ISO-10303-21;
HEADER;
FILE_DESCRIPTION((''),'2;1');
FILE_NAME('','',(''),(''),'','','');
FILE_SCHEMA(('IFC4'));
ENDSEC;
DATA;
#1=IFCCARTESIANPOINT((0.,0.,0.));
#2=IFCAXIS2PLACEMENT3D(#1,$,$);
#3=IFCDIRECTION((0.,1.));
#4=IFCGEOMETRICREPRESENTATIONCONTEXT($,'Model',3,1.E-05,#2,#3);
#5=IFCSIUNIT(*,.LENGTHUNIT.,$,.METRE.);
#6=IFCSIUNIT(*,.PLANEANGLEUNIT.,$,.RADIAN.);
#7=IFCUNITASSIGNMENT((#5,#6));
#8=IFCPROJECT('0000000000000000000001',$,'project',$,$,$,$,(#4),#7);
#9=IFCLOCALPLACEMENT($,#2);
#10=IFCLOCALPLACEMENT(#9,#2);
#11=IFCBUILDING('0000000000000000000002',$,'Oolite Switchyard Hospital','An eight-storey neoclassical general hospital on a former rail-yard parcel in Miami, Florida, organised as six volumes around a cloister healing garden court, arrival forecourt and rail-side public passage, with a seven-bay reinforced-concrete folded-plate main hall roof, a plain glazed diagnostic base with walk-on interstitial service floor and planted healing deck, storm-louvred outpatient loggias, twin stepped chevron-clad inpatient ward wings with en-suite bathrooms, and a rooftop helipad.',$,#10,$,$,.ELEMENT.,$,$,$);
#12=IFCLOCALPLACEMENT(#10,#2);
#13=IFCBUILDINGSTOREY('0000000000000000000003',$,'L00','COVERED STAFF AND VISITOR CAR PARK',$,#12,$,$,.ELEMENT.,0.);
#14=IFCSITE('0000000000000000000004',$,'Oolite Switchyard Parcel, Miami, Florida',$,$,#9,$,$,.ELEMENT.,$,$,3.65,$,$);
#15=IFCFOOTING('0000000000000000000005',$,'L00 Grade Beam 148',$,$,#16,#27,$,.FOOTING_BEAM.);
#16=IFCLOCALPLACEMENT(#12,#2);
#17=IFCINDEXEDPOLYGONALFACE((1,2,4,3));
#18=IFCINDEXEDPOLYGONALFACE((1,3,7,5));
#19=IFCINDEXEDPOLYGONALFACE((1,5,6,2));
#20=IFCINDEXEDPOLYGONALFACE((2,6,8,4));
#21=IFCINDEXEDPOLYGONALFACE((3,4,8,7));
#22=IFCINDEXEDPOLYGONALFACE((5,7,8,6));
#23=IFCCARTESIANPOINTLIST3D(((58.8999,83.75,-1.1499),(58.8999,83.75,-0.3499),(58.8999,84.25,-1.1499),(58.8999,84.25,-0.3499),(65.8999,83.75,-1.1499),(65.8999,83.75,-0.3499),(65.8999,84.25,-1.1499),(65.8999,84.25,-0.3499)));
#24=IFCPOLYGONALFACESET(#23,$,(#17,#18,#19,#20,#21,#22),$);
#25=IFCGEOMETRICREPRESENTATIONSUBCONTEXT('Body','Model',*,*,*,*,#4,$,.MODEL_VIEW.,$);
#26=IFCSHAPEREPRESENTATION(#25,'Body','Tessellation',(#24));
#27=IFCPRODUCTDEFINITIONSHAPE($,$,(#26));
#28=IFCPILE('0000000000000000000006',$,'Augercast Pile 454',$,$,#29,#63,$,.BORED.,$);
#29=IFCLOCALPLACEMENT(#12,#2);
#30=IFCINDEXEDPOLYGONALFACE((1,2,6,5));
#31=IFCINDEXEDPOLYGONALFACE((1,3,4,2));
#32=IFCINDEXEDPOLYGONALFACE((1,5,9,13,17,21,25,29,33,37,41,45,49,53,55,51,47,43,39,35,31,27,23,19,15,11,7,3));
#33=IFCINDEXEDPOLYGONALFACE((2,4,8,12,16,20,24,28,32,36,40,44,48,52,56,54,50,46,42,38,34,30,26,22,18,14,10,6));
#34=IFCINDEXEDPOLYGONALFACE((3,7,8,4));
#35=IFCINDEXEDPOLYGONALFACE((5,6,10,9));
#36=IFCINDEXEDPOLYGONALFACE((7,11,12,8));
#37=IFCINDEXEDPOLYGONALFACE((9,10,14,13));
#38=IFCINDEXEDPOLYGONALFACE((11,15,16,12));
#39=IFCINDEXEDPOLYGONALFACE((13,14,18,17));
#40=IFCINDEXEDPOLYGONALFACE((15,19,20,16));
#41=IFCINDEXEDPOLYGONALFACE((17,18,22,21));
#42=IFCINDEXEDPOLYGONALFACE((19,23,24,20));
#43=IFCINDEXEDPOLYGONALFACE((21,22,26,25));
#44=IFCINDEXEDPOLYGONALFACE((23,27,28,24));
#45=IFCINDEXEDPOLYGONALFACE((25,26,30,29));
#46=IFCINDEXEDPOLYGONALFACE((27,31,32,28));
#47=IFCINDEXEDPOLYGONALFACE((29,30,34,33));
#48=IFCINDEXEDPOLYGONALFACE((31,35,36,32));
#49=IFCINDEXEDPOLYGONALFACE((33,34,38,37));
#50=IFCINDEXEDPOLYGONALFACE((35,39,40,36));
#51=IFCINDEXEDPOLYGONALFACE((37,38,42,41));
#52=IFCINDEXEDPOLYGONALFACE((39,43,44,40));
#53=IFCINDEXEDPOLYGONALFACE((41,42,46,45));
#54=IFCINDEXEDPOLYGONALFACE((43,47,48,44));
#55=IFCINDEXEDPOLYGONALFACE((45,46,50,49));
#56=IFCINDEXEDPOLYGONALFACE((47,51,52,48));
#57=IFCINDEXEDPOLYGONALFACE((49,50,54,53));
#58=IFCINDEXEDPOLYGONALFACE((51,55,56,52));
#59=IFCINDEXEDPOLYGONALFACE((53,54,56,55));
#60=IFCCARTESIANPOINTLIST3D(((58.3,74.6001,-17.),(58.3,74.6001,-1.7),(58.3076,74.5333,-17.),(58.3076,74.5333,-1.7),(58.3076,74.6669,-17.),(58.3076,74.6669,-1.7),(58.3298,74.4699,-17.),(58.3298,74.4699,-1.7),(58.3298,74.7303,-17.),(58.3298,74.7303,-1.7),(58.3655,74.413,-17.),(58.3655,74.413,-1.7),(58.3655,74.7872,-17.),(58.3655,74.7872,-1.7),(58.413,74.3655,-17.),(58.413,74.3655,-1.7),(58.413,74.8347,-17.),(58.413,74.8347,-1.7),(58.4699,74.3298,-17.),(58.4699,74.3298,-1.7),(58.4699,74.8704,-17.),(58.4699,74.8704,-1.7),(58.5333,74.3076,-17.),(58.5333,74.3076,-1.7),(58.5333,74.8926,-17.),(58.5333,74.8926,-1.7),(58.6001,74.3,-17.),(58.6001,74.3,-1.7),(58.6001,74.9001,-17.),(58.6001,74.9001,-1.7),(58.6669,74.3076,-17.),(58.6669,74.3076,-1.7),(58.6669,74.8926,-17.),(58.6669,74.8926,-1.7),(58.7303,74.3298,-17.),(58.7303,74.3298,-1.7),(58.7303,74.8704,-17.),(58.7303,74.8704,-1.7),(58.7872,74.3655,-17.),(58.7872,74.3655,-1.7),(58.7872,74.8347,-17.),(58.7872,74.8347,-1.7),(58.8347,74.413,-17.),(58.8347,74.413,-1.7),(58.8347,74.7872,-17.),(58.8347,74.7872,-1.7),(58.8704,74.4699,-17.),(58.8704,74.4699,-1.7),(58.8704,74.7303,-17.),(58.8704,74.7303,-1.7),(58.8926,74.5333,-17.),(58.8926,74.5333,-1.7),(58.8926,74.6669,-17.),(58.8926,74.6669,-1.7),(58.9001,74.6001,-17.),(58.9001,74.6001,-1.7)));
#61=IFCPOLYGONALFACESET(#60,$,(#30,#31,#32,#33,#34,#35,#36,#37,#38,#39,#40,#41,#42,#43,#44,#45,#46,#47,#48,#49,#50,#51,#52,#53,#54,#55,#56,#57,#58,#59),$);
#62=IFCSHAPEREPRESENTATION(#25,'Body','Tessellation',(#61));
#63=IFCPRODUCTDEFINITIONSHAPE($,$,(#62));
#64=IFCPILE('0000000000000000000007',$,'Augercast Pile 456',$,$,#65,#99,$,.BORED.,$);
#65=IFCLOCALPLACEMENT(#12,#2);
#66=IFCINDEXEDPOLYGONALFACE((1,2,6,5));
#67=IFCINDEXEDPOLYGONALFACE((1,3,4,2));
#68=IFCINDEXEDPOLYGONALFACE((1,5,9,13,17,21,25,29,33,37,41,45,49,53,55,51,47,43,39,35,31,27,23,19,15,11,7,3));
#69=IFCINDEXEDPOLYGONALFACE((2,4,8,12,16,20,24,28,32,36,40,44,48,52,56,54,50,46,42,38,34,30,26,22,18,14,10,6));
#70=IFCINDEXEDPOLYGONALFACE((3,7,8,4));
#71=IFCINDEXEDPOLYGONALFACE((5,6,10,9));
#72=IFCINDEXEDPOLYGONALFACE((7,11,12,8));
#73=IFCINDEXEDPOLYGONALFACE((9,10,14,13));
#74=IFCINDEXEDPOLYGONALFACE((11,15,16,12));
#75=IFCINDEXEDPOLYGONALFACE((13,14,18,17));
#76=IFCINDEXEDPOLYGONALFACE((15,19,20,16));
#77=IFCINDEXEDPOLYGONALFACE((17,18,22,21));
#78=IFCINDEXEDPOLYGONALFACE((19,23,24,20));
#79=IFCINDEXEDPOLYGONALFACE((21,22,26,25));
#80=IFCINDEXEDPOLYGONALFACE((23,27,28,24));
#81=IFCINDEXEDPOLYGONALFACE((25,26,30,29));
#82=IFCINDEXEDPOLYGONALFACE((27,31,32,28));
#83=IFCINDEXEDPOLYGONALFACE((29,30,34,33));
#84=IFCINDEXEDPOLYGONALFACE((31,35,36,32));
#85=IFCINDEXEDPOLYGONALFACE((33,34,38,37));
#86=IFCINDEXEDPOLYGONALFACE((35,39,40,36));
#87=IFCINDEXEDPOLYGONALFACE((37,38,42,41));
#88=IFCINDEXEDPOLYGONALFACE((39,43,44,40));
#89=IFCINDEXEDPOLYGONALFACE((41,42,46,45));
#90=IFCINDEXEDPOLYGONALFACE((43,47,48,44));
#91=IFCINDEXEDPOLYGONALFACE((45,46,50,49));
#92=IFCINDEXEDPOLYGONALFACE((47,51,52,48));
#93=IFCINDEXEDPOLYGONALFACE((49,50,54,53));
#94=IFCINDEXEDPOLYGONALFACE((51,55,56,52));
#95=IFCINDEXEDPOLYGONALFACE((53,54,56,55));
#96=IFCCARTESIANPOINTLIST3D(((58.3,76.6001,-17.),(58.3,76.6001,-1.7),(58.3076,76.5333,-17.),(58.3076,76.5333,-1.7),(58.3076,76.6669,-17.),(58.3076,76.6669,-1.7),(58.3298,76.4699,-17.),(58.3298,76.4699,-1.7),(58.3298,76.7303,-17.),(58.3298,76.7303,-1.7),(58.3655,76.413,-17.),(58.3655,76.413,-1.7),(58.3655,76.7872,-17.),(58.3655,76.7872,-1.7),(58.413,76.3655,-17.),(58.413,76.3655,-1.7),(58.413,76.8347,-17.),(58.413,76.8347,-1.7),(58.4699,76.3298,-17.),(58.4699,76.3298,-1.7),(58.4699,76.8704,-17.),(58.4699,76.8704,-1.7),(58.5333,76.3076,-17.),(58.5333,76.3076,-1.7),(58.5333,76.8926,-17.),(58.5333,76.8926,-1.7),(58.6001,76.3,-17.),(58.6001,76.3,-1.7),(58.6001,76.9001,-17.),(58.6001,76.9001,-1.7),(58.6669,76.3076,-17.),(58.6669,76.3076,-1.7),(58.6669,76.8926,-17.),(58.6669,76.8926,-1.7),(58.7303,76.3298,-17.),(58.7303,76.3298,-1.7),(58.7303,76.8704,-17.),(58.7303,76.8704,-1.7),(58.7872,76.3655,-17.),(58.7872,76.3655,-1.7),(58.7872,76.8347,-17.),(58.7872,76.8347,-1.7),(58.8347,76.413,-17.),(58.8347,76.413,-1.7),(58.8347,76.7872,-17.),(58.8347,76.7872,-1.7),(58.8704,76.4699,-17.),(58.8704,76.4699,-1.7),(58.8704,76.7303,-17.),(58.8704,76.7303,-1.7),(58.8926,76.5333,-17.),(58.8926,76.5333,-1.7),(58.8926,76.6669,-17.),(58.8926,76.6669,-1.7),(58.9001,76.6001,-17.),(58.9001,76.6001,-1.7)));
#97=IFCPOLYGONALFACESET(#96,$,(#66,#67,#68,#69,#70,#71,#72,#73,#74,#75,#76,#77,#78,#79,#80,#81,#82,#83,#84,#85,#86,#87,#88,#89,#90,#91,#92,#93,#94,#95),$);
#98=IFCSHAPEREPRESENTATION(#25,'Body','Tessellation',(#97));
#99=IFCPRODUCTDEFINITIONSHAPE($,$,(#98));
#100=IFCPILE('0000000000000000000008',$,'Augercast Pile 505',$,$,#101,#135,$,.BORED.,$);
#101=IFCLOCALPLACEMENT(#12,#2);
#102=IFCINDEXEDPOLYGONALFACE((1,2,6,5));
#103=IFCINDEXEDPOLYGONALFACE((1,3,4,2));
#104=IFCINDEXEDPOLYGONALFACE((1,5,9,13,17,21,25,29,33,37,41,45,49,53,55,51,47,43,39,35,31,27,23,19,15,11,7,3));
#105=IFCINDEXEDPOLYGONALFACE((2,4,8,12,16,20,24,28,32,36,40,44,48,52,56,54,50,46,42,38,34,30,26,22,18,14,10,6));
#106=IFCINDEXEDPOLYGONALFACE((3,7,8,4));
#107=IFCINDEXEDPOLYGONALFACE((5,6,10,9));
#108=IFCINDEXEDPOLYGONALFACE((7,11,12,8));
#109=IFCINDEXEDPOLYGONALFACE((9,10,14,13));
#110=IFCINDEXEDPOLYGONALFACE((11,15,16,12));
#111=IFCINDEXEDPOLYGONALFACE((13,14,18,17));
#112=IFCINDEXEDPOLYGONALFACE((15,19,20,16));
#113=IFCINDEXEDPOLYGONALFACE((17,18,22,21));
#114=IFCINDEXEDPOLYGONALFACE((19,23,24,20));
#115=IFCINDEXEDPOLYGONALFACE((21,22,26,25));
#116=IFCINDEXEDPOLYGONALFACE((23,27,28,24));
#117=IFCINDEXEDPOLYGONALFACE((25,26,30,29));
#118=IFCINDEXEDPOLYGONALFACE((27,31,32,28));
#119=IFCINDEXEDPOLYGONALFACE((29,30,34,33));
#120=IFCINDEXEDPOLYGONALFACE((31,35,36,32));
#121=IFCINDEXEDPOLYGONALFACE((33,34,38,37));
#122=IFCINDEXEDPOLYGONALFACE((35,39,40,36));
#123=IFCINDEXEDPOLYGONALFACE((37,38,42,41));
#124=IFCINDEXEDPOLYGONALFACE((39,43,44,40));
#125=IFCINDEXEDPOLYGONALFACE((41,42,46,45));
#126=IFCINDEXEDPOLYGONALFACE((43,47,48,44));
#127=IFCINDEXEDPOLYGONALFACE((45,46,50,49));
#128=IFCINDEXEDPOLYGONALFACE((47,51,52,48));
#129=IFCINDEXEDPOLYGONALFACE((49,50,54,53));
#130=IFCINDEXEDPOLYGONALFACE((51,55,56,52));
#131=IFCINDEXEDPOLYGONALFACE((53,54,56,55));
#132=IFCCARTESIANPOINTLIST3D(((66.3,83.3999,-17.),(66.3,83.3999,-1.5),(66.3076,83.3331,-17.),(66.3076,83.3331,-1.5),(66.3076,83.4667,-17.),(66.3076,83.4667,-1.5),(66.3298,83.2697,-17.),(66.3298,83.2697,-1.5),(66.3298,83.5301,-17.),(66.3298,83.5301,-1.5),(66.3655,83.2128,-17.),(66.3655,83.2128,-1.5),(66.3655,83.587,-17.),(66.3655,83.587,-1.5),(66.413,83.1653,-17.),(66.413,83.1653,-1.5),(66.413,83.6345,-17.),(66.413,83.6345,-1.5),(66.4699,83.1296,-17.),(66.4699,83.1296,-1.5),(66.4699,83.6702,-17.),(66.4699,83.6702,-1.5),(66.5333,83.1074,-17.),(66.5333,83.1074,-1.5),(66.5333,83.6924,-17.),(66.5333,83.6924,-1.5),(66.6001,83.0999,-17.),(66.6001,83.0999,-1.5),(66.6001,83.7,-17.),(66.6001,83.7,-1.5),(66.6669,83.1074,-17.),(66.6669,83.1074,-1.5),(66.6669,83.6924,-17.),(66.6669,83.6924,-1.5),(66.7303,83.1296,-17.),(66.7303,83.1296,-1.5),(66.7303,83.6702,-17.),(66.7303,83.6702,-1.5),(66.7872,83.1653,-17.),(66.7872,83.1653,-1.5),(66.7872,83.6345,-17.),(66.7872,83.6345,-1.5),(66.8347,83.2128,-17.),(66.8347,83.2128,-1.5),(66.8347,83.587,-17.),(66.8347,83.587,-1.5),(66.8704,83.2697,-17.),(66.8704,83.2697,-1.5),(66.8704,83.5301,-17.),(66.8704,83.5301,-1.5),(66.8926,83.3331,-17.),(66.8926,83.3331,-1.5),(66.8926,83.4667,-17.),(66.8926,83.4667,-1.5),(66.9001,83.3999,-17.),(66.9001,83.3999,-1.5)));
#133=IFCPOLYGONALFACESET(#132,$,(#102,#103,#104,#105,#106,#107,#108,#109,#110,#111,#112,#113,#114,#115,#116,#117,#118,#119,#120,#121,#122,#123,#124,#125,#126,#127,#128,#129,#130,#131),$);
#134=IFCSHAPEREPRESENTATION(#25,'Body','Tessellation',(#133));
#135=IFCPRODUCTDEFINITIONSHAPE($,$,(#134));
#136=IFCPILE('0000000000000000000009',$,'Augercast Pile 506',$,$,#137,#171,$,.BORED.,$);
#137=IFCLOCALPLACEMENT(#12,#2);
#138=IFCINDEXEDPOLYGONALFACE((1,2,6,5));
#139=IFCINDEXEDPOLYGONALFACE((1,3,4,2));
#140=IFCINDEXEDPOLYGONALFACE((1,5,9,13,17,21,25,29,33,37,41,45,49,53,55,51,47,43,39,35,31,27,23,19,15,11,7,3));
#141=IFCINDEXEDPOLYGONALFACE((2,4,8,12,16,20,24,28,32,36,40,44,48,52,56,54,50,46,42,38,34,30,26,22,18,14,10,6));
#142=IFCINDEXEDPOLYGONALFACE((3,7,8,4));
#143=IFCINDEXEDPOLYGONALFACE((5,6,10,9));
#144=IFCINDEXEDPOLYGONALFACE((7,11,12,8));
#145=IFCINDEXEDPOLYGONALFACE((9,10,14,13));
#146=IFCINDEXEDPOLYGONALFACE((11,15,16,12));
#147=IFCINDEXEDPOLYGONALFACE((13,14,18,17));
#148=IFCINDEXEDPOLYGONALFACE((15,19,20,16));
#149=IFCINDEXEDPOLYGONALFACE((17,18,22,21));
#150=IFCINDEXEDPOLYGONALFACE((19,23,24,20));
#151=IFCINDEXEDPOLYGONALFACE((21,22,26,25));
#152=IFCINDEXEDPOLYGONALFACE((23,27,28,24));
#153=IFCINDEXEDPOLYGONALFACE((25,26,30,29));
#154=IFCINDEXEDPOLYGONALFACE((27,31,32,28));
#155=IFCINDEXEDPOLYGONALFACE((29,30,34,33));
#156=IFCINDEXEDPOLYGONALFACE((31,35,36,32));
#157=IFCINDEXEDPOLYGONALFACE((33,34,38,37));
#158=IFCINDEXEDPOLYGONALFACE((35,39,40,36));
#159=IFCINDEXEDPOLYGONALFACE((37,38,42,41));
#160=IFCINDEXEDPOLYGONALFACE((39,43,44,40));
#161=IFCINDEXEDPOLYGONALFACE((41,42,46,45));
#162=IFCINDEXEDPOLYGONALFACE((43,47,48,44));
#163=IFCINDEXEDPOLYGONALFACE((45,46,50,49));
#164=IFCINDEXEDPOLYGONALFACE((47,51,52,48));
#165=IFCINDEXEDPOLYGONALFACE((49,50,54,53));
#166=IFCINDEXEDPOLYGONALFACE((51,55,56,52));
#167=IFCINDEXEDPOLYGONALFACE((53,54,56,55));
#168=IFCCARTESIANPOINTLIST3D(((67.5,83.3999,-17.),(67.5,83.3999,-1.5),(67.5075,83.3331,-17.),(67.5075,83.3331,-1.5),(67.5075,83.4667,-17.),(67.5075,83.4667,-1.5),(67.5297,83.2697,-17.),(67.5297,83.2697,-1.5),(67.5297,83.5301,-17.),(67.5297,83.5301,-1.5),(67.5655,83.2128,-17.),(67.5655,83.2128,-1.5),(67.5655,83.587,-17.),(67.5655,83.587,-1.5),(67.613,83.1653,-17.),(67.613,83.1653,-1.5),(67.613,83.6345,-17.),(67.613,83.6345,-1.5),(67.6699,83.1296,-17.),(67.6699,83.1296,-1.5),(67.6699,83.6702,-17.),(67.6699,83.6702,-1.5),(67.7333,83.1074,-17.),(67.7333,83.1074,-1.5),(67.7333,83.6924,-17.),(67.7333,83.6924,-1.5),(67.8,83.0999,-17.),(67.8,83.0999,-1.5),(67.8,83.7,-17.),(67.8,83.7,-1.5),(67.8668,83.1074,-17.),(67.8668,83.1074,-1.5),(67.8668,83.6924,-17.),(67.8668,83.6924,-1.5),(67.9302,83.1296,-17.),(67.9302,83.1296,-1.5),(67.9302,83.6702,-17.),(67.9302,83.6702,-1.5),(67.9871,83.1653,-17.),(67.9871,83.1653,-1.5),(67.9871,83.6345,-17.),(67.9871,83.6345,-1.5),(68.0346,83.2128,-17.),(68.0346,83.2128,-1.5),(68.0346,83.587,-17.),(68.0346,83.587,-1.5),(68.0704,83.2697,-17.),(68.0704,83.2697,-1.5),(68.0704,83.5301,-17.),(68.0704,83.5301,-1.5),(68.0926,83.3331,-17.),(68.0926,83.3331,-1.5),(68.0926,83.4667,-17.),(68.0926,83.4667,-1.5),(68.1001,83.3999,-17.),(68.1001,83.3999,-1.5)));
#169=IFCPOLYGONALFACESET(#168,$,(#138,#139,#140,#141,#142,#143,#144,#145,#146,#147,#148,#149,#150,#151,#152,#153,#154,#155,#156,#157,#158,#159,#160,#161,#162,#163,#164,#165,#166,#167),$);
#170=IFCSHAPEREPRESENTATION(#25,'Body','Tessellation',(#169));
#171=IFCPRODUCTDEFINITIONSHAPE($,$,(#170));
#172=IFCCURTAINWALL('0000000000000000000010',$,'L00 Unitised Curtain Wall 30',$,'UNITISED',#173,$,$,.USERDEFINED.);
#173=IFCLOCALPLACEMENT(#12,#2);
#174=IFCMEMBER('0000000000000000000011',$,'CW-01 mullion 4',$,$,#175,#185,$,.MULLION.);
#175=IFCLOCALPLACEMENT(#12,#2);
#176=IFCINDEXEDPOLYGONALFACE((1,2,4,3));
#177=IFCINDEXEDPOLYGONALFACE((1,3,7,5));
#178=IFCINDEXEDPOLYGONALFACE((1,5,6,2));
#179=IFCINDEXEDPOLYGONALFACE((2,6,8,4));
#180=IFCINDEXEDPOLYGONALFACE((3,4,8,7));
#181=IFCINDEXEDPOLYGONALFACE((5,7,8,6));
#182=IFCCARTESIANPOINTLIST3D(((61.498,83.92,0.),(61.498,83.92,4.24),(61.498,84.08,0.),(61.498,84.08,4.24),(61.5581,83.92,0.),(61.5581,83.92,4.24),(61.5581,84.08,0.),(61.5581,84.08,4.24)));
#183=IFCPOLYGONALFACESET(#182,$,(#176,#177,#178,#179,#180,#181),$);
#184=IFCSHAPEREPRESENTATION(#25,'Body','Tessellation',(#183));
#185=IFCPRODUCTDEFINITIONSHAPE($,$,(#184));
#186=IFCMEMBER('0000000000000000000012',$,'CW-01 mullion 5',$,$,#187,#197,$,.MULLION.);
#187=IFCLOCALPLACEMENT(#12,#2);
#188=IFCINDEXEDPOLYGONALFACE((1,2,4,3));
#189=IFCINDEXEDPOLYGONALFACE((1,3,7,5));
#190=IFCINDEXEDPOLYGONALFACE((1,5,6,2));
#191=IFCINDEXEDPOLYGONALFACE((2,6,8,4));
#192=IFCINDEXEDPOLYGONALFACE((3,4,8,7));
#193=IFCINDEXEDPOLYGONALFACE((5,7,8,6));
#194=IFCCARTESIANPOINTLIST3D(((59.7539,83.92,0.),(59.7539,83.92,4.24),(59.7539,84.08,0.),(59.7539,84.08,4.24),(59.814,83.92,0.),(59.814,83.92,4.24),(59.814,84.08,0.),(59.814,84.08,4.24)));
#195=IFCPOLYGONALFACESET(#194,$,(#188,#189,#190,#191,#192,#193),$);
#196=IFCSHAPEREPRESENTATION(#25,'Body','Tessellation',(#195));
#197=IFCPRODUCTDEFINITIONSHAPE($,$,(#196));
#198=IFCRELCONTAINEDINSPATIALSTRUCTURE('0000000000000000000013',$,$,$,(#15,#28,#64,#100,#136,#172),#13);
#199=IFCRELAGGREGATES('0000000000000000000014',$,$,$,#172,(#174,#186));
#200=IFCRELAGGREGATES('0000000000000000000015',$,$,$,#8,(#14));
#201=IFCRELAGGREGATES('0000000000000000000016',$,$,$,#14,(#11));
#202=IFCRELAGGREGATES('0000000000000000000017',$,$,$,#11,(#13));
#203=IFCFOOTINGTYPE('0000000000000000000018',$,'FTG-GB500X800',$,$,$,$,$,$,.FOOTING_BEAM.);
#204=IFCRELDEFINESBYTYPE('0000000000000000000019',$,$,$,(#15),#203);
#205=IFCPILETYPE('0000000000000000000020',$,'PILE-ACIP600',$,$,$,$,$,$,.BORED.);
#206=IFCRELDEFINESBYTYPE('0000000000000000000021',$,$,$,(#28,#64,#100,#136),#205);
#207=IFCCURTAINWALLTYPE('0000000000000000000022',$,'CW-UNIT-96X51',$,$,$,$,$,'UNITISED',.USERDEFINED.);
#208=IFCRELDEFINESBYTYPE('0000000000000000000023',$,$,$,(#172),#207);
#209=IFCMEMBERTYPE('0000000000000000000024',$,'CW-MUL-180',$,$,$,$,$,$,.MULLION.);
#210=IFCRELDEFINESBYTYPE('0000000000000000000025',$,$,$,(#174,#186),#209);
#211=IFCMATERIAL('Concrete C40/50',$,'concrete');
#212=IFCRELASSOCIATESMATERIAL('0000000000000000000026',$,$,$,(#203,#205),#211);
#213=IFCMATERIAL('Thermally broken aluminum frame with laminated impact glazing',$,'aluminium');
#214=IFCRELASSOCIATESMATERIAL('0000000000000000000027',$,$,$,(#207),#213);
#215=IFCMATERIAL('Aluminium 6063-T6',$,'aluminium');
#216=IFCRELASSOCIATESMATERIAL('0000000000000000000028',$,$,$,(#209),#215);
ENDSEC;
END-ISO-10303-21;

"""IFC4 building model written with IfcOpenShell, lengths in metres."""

from ifc_helpers import new_model, si_unit, direction, frame, origin, origin_2d, place, context, subcontext, project, spatial, rectangle, circle, extrude, material, material_profile, profile_set, type_object, element, aggregate, save


model = new_model("IFC4")

# Units and contexts
model_context = context("Model", 3, precision=1e-05, world=origin(), true_north=direction((0.0, 1.0)))
body_context = subcontext(model_context, "Body", "Model", "MODEL_VIEW")
ifc_project = project(units=[si_unit("LENGTHUNIT", "METRE"), si_unit("PLANEANGLEUNIT", "RADIAN")], contexts=[model_context])

# Site, building, storey
site_placement = place(None, origin())
site = spatial("IfcSite", under=ifc_project, at=site_placement, Name="Oolite Switchyard Parcel, Miami, Florida", CompositionType="ELEMENT", RefElevation=3.65)
building_placement = place(site_placement, origin())
building = spatial("IfcBuilding", under=site, at=building_placement, Name="Oolite Switchyard Hospital", Description="An eight-storey neoclassical general hospital on a former rail-yard parcel in Miami, Florida, organised as six volumes around a cloister healing garden court, arrival forecourt and rail-side public passage, with a seven-bay reinforced-concrete folded-plate main hall roof, a plain glazed diagnostic base with walk-on interstitial service floor and planted healing deck, storm-louvred outpatient loggias, twin stepped chevron-clad inpatient ward wings with en-suite bathrooms, and a rooftop helipad.", CompositionType="ELEMENT")
storey_placement = place(building_placement, origin())
storey = spatial("IfcBuildingStorey", under=building, at=storey_placement, Name="L00", Description="COVERED STAFF AND VISITOR CAR PARK", CompositionType="ELEMENT", Elevation=0.0)

# Footing
ifc_material_1 = material(Name="Concrete C40/50", Category="concrete")
footing_type = type_object("IfcFootingType", Name="FTG-GB500X800", PredefinedType="FOOTING_BEAM", material=ifc_material_1)
footing_placement = place(storey_placement, frame((62.3999, 84.0, -1.1499), z_axis=(0.0, 0.0, 1.0), x_axis=(1.0, 0.0, 0.0)))
element("IfcFooting", 1, at=footing_placement, inside=storey, type_object=footing_type, Name="L00 Grade Beam 148", PredefinedType="FOOTING_BEAM", context=body_context, shape_type="SweptSolid", body=[
    extrude(rectangle(XDim=7.0, YDim=0.5, at=origin_2d()), origin(), (0.0, 0.0, 1.0), 0.8),
])

# Piles
ifc_material_profile_1 = material_profile(ifc_material_1, circle(Radius=0.3, at=origin_2d()), Name="PILE600")
ifc_profile_set_1 = profile_set([ifc_material_profile_1], Name="Concrete C40/50")
pile_type = type_object("IfcPileType", Name="PILE-ACIP600", PredefinedType="BORED", material=ifc_profile_set_1)
for number, where, z_axis, x_axis, name in (
    (2, (58.6001, 74.6001, -1.7), (0.0, 0.0, -1.0), (1.0, 0.0, 0.0), "Augercast Pile 454"),
    (3, (58.6001, 76.6001, -1.7), (0.0, 0.0, -1.0), (1.0, 0.0, 0.0), "Augercast Pile 456"),
):
    element("IfcPile", number, at=place(storey_placement, frame(where, z_axis=z_axis, x_axis=x_axis)), inside=storey, type_object=pile_type, Name=name, PredefinedType="BORED", context=body_context, shape_type="SweptSolid", body=[
        extrude(circle(Radius=0.3, at=origin_2d()), origin(), (0.0, 0.0, 1.0), 15.3),
    ])
for number, where, z_axis, x_axis, name in (
    (4, (66.6001, 83.3999, -1.5), (0.0, 0.0, -1.0), (1.0, 0.0, 0.0), "Augercast Pile 505"),
    (5, (67.8, 83.3999, -1.5), (0.0, 0.0, -1.0), (1.0, 0.0, 0.0), "Augercast Pile 506"),
):
    element("IfcPile", number, at=place(storey_placement, frame(where, z_axis=z_axis, x_axis=x_axis)), inside=storey, type_object=pile_type, Name=name, PredefinedType="BORED", context=body_context, shape_type="SweptSolid", body=[
        extrude(circle(Radius=0.3, at=origin_2d()), origin(), (0.0, 0.0, 1.0), 15.5),
    ])

# Curtain wall, members
ifc_material_2 = material(Name="Thermally broken aluminum frame with laminated impact glazing", Category="aluminium")
curtain_wall_type = type_object("IfcCurtainWallType", Name="CW-UNIT-96X51", ElementType="UNITISED", PredefinedType="USERDEFINED", material=ifc_material_2)
curtain_wall_placement = place(storey_placement, origin())
curtain_wall = element("IfcCurtainWall", 6, at=curtain_wall_placement, inside=storey, type_object=curtain_wall_type, Name="L00 Unitised Curtain Wall 30", ObjectType="UNITISED", PredefinedType="USERDEFINED")
ifc_material_3 = material(Name="Aluminium 6063-T6", Category="aluminium")
ifc_material_profile_2 = material_profile(ifc_material_3, rectangle(XDim=0.1599, YDim=0.0601, at=origin_2d()), Name="CWM60X160")
ifc_profile_set_2 = profile_set([ifc_material_profile_2], Name="Aluminium 6063-T6")
member_type_1 = type_object("IfcMemberType", Name="CW-MUL-180", PredefinedType="MULLION", material=ifc_profile_set_2)
member_1_placement = place(storey_placement, frame((61.5281, 84.0, 0.0), z_axis=(0.0, 0.0, 1.0), x_axis=(0.0, -1.0, 0.0)))
member_1 = element("IfcMember", 7, at=member_1_placement, type_object=member_type_1, Name="CW-01 mullion 4", PredefinedType="MULLION", context=body_context, shape_type="SweptSolid", body=[
    extrude(rectangle(XDim=0.1599, YDim=0.0601, at=origin_2d()), origin(), (0.0, 0.0, 1.0), 4.24),
])
member_2_placement = place(storey_placement, frame((59.7839, 84.0, 0.0), z_axis=(0.0, 0.0, 1.0), x_axis=(0.0, -1.0, 0.0)))
member_2 = element("IfcMember", 8, at=member_2_placement, type_object=member_type_1, Name="CW-01 mullion 5", PredefinedType="MULLION", context=body_context, shape_type="SweptSolid", body=[
    extrude(rectangle(XDim=0.1599, YDim=0.0601, at=origin_2d()), origin(), (0.0, 0.0, 1.0), 4.24),
])
aggregate(curtain_wall, [member_1, member_2])

save(model, "model.ifc")
